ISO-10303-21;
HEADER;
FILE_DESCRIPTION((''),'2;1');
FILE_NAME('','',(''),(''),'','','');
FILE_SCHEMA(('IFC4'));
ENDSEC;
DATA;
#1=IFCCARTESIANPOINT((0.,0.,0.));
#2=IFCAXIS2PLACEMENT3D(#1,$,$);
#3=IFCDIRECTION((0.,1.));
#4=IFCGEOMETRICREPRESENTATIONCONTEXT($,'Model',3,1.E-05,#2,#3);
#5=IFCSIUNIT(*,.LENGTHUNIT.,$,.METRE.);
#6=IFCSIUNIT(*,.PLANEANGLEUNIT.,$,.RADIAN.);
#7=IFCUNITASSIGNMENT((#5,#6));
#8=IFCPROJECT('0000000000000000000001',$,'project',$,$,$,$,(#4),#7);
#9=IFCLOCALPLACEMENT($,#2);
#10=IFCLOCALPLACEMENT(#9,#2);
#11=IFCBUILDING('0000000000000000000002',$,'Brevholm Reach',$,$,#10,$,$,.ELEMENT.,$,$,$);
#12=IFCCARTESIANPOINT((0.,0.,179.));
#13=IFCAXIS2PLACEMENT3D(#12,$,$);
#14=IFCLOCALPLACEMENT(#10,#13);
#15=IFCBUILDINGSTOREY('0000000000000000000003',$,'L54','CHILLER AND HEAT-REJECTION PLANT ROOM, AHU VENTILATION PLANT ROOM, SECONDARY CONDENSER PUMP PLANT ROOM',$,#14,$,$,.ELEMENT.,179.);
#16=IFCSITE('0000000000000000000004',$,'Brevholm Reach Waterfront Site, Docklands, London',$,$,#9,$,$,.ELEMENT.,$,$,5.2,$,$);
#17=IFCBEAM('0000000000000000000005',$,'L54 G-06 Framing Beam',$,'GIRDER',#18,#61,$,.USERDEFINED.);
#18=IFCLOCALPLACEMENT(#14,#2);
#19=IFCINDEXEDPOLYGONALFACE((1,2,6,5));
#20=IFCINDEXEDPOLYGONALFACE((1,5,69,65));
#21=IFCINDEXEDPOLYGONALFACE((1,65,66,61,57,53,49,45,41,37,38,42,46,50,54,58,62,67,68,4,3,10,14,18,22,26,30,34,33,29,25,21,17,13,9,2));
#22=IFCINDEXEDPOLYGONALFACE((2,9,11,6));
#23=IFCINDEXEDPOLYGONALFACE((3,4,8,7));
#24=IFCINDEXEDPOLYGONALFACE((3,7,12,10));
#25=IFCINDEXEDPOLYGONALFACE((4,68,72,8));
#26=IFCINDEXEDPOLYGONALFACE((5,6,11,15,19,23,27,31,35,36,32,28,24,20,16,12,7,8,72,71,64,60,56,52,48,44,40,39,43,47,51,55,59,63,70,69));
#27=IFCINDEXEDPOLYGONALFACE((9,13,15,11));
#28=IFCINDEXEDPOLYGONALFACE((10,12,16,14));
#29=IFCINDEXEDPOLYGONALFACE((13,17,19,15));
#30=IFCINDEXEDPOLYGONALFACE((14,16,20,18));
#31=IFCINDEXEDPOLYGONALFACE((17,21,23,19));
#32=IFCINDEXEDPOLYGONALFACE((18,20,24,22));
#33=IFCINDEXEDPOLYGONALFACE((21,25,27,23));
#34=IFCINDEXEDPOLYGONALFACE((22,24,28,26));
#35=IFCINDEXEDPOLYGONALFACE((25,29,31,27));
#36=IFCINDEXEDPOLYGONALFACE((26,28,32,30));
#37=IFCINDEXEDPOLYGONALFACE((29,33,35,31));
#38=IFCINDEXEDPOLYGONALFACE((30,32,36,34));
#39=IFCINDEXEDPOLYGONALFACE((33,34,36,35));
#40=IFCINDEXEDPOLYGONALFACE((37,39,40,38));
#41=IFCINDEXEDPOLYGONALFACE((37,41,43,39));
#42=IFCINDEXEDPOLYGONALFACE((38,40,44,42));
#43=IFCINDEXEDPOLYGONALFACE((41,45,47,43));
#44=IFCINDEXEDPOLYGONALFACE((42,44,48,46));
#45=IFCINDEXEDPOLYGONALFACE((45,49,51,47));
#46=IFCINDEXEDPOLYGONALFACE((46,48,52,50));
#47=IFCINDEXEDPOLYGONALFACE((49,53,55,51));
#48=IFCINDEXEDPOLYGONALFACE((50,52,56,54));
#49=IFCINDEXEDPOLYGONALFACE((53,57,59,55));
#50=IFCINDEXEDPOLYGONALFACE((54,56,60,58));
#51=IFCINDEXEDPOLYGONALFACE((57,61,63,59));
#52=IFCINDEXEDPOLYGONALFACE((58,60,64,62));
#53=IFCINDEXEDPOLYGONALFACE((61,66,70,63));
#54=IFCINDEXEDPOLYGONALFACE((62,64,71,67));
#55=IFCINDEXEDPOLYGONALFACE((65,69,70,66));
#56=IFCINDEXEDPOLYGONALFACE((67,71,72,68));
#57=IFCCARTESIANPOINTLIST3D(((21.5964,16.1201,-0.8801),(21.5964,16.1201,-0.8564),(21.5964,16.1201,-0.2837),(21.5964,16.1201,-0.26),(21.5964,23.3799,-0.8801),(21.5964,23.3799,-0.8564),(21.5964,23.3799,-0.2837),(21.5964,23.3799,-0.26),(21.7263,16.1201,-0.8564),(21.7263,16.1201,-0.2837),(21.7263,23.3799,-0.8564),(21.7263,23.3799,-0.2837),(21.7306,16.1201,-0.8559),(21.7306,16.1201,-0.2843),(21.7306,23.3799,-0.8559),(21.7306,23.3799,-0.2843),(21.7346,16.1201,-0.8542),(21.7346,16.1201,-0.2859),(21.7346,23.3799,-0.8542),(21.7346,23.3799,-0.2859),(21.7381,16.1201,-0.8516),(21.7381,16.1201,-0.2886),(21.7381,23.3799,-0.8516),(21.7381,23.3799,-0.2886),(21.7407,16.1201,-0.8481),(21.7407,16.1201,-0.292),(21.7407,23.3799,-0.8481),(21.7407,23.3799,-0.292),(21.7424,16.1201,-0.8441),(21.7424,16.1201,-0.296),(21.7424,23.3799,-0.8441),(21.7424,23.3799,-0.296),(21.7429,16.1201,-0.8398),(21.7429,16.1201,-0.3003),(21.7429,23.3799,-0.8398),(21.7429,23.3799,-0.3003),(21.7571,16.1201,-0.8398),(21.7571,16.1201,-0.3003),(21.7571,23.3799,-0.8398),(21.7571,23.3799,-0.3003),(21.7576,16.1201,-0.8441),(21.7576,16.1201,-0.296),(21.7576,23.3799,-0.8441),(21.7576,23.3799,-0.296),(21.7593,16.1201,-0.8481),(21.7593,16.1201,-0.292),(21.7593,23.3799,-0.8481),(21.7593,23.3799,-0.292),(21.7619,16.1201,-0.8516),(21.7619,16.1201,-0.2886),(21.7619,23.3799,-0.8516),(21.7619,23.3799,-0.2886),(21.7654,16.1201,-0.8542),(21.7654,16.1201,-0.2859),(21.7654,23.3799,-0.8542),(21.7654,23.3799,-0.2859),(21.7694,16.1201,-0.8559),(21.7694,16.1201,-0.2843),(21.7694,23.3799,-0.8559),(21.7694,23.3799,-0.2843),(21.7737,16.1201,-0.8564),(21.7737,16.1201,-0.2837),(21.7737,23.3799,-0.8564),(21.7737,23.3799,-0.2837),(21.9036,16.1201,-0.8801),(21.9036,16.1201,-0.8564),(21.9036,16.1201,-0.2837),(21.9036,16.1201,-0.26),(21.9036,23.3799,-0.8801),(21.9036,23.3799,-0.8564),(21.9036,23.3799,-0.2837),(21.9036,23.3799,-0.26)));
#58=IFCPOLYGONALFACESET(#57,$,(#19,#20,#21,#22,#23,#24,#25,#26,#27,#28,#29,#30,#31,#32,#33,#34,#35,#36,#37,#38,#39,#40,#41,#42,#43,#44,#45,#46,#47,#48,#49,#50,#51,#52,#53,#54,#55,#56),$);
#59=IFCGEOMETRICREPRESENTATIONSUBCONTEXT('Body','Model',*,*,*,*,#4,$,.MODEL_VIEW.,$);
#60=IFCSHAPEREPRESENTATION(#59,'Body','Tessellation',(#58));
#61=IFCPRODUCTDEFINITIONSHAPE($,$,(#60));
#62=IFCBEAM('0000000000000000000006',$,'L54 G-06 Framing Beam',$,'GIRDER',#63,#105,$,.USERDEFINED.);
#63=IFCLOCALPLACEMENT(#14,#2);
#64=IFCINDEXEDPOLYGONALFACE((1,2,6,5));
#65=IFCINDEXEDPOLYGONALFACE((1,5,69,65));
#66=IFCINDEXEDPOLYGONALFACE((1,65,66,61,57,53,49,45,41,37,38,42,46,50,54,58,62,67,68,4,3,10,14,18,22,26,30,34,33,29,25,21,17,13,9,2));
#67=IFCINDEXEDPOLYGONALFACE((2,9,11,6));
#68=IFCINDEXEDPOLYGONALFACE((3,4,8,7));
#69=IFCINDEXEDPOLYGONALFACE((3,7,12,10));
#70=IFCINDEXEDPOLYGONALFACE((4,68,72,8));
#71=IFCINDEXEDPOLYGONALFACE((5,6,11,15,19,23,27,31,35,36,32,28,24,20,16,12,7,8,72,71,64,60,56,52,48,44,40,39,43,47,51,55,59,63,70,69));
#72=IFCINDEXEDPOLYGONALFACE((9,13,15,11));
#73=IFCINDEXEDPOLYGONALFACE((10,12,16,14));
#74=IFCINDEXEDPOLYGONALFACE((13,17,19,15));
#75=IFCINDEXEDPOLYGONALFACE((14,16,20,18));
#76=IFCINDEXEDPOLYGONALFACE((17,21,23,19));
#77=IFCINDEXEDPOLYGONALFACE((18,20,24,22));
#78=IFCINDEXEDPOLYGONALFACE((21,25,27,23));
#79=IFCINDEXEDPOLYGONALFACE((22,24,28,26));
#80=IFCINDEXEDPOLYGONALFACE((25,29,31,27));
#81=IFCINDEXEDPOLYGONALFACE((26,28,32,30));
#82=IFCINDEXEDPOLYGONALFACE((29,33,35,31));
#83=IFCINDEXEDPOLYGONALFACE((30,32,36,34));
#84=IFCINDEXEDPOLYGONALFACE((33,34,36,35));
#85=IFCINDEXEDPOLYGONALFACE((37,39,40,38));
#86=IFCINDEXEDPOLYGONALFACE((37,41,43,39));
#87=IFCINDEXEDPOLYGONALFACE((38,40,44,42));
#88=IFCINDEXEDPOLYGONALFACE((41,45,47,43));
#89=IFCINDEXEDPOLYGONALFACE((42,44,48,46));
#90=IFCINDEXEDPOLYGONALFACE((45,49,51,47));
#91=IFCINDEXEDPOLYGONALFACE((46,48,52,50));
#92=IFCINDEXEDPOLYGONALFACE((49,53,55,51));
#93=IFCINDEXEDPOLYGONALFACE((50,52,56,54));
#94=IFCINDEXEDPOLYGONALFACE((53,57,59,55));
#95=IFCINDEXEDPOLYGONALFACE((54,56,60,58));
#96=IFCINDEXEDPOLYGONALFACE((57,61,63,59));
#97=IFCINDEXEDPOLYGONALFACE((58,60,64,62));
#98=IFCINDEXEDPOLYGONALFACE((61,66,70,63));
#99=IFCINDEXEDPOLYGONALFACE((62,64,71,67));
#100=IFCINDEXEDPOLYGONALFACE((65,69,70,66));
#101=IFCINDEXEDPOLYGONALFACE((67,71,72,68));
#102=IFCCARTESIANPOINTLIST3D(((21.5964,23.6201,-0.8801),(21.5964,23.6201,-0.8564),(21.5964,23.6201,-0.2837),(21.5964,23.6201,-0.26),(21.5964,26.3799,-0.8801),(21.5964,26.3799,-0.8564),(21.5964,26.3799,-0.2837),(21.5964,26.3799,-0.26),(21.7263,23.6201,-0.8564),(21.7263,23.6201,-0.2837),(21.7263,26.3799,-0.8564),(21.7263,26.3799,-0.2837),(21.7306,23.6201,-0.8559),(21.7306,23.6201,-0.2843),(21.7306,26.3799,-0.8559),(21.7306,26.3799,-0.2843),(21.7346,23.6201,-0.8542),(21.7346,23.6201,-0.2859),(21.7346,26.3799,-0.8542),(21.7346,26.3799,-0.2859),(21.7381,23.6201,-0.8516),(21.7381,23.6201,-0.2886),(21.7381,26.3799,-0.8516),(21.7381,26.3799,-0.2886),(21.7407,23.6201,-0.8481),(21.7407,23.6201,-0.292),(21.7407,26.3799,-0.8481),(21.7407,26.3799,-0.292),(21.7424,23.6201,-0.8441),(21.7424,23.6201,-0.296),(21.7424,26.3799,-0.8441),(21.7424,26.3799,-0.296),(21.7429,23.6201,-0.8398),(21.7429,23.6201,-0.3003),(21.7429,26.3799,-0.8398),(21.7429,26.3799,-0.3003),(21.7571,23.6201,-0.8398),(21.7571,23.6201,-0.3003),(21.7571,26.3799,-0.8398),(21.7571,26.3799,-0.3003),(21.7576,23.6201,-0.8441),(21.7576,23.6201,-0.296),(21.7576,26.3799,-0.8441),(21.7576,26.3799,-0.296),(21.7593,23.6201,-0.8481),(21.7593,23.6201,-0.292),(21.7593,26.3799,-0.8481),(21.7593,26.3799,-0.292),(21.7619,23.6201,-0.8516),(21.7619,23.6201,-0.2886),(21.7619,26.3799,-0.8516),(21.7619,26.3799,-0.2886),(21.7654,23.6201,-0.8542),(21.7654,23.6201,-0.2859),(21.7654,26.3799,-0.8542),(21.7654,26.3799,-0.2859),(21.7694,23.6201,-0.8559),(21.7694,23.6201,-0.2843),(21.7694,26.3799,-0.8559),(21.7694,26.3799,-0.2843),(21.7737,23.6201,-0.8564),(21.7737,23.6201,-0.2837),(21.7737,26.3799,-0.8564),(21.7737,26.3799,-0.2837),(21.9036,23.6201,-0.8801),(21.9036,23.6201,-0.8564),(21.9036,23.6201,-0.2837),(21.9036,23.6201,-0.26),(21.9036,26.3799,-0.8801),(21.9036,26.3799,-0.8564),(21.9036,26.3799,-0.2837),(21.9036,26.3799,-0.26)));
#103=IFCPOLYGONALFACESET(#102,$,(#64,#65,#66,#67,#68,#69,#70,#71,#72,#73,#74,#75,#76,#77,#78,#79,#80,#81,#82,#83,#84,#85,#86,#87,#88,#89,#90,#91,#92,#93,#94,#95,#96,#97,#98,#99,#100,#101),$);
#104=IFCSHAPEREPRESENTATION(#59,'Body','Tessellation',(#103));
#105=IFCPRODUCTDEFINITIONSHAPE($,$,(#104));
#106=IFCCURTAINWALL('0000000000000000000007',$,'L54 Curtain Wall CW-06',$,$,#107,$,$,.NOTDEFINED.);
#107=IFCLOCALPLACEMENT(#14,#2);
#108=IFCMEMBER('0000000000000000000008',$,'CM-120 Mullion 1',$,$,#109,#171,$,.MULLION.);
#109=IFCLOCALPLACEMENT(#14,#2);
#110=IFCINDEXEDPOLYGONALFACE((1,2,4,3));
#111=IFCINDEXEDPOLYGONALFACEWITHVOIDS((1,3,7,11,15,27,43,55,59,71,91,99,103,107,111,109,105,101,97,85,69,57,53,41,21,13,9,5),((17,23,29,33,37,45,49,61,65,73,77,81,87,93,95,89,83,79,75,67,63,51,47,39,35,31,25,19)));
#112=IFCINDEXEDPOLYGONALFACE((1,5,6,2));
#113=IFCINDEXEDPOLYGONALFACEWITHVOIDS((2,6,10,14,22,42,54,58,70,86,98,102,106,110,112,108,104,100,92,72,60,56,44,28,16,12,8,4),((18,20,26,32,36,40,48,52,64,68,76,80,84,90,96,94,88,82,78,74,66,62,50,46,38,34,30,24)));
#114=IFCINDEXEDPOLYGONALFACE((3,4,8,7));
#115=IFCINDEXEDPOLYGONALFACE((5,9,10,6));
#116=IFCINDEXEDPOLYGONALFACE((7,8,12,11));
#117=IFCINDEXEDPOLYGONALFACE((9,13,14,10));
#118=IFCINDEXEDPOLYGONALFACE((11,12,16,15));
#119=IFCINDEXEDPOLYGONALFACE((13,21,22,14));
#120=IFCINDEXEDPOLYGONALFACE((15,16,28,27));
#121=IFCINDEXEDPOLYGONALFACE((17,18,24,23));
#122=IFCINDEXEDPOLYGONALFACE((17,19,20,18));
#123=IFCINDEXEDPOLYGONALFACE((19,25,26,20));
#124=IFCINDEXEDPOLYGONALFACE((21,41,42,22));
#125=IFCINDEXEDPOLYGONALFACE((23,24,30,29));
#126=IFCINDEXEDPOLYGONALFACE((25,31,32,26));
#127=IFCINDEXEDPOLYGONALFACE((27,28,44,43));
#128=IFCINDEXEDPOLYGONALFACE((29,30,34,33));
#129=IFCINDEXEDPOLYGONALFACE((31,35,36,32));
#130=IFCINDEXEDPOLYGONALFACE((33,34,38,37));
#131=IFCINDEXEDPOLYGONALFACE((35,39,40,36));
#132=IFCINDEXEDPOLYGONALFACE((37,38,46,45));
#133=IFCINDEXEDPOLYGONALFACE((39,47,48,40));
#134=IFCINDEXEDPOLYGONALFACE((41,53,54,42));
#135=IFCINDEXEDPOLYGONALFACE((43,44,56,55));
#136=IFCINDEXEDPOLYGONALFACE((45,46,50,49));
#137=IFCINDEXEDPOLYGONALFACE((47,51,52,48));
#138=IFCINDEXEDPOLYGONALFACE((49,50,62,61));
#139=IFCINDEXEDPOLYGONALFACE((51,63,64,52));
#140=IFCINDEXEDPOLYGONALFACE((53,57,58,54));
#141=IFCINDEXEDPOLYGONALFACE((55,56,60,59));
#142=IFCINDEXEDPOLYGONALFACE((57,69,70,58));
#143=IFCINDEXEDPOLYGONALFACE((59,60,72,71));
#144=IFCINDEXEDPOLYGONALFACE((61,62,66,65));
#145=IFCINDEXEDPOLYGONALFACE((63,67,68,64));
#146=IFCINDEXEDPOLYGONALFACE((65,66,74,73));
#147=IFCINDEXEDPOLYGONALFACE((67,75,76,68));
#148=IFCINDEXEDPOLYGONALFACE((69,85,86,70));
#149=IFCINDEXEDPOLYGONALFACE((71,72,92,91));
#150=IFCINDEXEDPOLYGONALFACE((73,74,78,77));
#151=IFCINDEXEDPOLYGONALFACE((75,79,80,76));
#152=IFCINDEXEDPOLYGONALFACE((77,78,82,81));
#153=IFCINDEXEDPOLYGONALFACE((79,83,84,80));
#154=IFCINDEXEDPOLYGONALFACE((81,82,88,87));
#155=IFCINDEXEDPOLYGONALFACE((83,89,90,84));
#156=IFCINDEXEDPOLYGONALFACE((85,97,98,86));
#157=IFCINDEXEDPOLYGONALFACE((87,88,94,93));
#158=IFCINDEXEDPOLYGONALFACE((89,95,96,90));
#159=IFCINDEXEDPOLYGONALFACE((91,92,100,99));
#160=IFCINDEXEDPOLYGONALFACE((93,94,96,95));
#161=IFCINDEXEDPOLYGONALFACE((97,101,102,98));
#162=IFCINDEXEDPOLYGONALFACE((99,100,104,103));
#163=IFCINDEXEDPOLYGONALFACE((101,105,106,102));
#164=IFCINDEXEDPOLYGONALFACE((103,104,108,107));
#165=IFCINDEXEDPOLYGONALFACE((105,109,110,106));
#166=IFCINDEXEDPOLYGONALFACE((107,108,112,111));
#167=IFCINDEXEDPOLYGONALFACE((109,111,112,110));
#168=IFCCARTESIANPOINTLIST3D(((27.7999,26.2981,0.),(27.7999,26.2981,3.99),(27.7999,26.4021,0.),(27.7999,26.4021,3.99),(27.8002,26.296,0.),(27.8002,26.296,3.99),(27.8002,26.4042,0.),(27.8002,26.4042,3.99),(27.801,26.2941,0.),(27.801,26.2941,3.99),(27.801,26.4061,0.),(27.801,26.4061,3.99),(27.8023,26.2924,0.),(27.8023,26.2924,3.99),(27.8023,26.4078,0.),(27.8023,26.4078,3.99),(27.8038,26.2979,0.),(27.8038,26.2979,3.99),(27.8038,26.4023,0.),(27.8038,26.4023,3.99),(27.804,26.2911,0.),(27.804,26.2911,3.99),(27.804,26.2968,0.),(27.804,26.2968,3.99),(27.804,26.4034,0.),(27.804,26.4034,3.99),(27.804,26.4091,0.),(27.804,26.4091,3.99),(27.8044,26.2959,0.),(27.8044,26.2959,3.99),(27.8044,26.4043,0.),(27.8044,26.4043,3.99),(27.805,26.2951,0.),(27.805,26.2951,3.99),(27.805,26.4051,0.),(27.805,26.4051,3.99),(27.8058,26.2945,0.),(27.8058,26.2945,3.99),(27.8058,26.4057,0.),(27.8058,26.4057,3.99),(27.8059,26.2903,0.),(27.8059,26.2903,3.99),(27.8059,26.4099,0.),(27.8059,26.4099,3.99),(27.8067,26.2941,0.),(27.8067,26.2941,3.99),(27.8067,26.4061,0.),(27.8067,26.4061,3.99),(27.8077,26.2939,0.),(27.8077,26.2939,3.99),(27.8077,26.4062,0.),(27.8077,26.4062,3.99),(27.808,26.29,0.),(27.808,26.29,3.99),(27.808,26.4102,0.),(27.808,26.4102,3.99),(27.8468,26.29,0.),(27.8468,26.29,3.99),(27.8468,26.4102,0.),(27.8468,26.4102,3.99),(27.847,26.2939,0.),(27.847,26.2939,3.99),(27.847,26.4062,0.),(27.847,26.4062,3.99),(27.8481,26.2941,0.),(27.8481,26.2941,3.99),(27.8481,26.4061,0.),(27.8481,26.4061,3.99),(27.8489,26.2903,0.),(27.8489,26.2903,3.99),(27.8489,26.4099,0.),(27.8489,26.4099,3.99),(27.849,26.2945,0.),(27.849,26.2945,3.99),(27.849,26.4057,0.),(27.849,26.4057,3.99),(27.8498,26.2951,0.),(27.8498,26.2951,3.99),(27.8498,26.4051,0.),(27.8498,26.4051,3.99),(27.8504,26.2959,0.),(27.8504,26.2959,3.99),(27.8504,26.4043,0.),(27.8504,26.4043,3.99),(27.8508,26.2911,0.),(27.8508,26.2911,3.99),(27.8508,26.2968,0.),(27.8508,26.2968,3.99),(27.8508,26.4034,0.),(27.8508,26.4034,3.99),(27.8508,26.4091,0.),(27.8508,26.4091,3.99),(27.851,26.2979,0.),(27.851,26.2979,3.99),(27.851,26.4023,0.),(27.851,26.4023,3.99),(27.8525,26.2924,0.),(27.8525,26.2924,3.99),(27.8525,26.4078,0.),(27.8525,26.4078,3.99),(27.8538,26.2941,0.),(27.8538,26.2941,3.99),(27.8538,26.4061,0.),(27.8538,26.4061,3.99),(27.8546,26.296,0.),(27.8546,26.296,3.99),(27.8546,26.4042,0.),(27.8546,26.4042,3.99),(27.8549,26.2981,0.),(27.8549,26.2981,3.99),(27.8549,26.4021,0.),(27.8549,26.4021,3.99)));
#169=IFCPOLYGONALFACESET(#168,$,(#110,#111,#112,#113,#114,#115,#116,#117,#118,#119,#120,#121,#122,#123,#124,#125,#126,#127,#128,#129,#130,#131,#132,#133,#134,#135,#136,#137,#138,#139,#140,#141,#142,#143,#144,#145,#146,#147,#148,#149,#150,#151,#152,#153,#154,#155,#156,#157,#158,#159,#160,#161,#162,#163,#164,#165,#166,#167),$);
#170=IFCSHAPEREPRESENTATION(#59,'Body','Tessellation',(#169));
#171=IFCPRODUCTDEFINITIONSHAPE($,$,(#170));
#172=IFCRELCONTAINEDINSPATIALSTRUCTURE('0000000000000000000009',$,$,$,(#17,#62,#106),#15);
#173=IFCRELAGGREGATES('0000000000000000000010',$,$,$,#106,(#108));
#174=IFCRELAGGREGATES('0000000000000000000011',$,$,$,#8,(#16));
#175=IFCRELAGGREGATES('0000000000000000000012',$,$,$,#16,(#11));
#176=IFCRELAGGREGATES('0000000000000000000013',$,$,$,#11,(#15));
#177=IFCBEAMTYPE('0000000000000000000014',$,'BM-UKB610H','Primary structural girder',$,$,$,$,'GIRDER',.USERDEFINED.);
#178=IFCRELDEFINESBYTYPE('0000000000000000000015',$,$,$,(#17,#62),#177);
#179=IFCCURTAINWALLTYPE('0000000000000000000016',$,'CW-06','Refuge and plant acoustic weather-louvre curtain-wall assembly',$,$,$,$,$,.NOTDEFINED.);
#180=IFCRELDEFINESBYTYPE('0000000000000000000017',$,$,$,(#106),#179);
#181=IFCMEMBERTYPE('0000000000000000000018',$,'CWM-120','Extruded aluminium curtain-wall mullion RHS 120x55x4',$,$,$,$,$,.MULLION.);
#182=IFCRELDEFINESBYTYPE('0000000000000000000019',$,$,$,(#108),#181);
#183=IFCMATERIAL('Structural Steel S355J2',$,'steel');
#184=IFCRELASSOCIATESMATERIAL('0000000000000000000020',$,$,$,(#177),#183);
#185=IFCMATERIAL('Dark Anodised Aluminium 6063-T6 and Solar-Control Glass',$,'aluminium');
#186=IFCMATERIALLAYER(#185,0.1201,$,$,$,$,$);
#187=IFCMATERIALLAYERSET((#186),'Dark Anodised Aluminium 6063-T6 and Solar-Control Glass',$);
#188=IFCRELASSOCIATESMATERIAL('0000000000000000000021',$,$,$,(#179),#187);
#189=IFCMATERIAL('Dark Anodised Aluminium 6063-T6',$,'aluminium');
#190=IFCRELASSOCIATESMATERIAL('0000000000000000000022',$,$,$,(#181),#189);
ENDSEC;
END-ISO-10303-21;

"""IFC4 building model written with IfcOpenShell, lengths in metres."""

from ifc_helpers import new_model, si_unit, direction, frame, origin, origin_2d, place, context, subcontext, project, spatial, hollow_rectangle, i_section, extrude, material, layer, layer_set, material_profile, profile_set, type_object, element, aggregate, save


model = new_model("IFC4")

# Units and contexts
model_context = context("Model", 3, precision=1e-05, world=origin(), true_north=direction((0.0, 1.0)))
body_context = subcontext(model_context, "Body", "Model", "MODEL_VIEW")
ifc_project = project(units=[si_unit("LENGTHUNIT", "METRE"), si_unit("PLANEANGLEUNIT", "RADIAN")], contexts=[model_context])

# Site, building, storey
site_placement = place(None, origin())
site = spatial("IfcSite", under=ifc_project, at=site_placement, Name="Brevholm Reach Waterfront Site, Docklands, London", CompositionType="ELEMENT", RefElevation=5.2)
building_placement = place(site_placement, origin())
building = spatial("IfcBuilding", under=site, at=building_placement, Name="Brevholm Reach", CompositionType="ELEMENT")
storey_placement = place(building_placement, frame((0.0, 0.0, 179.0)))
storey = spatial("IfcBuildingStorey", under=building, at=storey_placement, Name="L54", Description="CHILLER AND HEAT-REJECTION PLANT ROOM, AHU VENTILATION PLANT ROOM, SECONDARY CONDENSER PUMP PLANT ROOM", CompositionType="ELEMENT", Elevation=179.0)

# Beams
ifc_material_1 = material(Name="Structural Steel S355J2", Category="steel")
ifc_material_profile_1 = material_profile(ifc_material_1, i_section(OverallWidth=0.3071, OverallDepth=0.6201, WebThickness=0.0142, FlangeThickness=0.0237, FilletRadius=0.0166, at=origin_2d()), Name="UKB 610x305x179")
ifc_profile_set_1 = profile_set([ifc_material_profile_1], Name="Structural Steel S355J2")
beam_type_1 = type_object("IfcBeamType", Name="BM-UKB610H", Description="Primary structural girder", ElementType="GIRDER", PredefinedType="USERDEFINED", material=ifc_profile_set_1)
beam_1_placement = place(storey_placement, frame((21.75, 16.1201, -0.5701), z_axis=(0.0, 1.0, 0.0), x_axis=(-1.0, 0.0, 0.0)))
element("IfcBeam", 1, at=beam_1_placement, inside=storey, type_object=beam_type_1, Name="L54 G-06 Framing Beam", ObjectType="GIRDER", PredefinedType="USERDEFINED", context=body_context, shape_type="SweptSolid", body=[
    extrude(i_section(OverallWidth=0.3071, OverallDepth=0.6201, WebThickness=0.0142, FlangeThickness=0.0237, FilletRadius=0.0166, at=origin_2d()), origin(), (0.0, 0.0, 1.0), 7.2598),
])
beam_2_placement = place(storey_placement, frame((21.75, 23.6201, -0.5701), z_axis=(0.0, 1.0, 0.0), x_axis=(-1.0, 0.0, 0.0)))
element("IfcBeam", 2, at=beam_2_placement, inside=storey, type_object=beam_type_1, Name="L54 G-06 Framing Beam", ObjectType="GIRDER", PredefinedType="USERDEFINED", context=body_context, shape_type="SweptSolid", body=[
    extrude(i_section(OverallWidth=0.3071, OverallDepth=0.6201, WebThickness=0.0142, FlangeThickness=0.0237, FilletRadius=0.0166, at=origin_2d()), origin(), (0.0, 0.0, 1.0), 2.7598),
])

# Curtain wall, member
ifc_material_2 = material(Name="Dark Anodised Aluminium 6063-T6 and Solar-Control Glass", Category="aluminium")
ifc_layer_1 = layer(ifc_material_2, 0.1201)
ifc_layer_set_1 = layer_set([ifc_layer_1], Name="Dark Anodised Aluminium 6063-T6 and Solar-Control Glass")
curtain_wall_type_1 = type_object("IfcCurtainWallType", Name="CW-06", Description="Refuge and plant acoustic weather-louvre curtain-wall assembly", PredefinedType="NOTDEFINED", material=ifc_layer_set_1)
curtain_wall_1_placement = place(storey_placement, origin())
curtain_wall_1 = element("IfcCurtainWall", 3, at=curtain_wall_1_placement, inside=storey, type_object=curtain_wall_type_1, Name="L54 Curtain Wall CW-06", PredefinedType="NOTDEFINED")
ifc_material_3 = material(Name="Dark Anodised Aluminium 6063-T6", Category="aluminium")
ifc_material_profile_2 = material_profile(ifc_material_3, hollow_rectangle(XDim=0.0549, YDim=0.1201, WallThickness=0.0039, InnerFilletRadius=0.0039, OuterFilletRadius=0.0081, at=origin_2d()), Name="RHS 120x55x4")
ifc_profile_set_2 = profile_set([ifc_material_profile_2], Name="Dark Anodised Aluminium 6063-T6")
member_type_1 = type_object("IfcMemberType", Name="CWM-120", Description="Extruded aluminium curtain-wall mullion RHS 120x55x4", PredefinedType="MULLION", material=ifc_profile_set_2)
member_1_placement = place(storey_placement, frame((27.8274, 26.3501, 0.0), z_axis=(0.0, 0.0, 1.0), x_axis=(1.0, 0.0, 0.0)))
member_1 = element("IfcMember", 4, at=member_1_placement, type_object=member_type_1, Name="CM-120 Mullion 1", PredefinedType="MULLION", context=body_context, shape_type="SweptSolid", body=[
    extrude(hollow_rectangle(XDim=0.0549, YDim=0.1201, WallThickness=0.0039, InnerFilletRadius=0.0039, OuterFilletRadius=0.0081, at=origin_2d()), origin(), (0.0, 0.0, 1.0), 3.99),
])

aggregate(curtain_wall_1, [member_1])

save(model, "model.ifc")
